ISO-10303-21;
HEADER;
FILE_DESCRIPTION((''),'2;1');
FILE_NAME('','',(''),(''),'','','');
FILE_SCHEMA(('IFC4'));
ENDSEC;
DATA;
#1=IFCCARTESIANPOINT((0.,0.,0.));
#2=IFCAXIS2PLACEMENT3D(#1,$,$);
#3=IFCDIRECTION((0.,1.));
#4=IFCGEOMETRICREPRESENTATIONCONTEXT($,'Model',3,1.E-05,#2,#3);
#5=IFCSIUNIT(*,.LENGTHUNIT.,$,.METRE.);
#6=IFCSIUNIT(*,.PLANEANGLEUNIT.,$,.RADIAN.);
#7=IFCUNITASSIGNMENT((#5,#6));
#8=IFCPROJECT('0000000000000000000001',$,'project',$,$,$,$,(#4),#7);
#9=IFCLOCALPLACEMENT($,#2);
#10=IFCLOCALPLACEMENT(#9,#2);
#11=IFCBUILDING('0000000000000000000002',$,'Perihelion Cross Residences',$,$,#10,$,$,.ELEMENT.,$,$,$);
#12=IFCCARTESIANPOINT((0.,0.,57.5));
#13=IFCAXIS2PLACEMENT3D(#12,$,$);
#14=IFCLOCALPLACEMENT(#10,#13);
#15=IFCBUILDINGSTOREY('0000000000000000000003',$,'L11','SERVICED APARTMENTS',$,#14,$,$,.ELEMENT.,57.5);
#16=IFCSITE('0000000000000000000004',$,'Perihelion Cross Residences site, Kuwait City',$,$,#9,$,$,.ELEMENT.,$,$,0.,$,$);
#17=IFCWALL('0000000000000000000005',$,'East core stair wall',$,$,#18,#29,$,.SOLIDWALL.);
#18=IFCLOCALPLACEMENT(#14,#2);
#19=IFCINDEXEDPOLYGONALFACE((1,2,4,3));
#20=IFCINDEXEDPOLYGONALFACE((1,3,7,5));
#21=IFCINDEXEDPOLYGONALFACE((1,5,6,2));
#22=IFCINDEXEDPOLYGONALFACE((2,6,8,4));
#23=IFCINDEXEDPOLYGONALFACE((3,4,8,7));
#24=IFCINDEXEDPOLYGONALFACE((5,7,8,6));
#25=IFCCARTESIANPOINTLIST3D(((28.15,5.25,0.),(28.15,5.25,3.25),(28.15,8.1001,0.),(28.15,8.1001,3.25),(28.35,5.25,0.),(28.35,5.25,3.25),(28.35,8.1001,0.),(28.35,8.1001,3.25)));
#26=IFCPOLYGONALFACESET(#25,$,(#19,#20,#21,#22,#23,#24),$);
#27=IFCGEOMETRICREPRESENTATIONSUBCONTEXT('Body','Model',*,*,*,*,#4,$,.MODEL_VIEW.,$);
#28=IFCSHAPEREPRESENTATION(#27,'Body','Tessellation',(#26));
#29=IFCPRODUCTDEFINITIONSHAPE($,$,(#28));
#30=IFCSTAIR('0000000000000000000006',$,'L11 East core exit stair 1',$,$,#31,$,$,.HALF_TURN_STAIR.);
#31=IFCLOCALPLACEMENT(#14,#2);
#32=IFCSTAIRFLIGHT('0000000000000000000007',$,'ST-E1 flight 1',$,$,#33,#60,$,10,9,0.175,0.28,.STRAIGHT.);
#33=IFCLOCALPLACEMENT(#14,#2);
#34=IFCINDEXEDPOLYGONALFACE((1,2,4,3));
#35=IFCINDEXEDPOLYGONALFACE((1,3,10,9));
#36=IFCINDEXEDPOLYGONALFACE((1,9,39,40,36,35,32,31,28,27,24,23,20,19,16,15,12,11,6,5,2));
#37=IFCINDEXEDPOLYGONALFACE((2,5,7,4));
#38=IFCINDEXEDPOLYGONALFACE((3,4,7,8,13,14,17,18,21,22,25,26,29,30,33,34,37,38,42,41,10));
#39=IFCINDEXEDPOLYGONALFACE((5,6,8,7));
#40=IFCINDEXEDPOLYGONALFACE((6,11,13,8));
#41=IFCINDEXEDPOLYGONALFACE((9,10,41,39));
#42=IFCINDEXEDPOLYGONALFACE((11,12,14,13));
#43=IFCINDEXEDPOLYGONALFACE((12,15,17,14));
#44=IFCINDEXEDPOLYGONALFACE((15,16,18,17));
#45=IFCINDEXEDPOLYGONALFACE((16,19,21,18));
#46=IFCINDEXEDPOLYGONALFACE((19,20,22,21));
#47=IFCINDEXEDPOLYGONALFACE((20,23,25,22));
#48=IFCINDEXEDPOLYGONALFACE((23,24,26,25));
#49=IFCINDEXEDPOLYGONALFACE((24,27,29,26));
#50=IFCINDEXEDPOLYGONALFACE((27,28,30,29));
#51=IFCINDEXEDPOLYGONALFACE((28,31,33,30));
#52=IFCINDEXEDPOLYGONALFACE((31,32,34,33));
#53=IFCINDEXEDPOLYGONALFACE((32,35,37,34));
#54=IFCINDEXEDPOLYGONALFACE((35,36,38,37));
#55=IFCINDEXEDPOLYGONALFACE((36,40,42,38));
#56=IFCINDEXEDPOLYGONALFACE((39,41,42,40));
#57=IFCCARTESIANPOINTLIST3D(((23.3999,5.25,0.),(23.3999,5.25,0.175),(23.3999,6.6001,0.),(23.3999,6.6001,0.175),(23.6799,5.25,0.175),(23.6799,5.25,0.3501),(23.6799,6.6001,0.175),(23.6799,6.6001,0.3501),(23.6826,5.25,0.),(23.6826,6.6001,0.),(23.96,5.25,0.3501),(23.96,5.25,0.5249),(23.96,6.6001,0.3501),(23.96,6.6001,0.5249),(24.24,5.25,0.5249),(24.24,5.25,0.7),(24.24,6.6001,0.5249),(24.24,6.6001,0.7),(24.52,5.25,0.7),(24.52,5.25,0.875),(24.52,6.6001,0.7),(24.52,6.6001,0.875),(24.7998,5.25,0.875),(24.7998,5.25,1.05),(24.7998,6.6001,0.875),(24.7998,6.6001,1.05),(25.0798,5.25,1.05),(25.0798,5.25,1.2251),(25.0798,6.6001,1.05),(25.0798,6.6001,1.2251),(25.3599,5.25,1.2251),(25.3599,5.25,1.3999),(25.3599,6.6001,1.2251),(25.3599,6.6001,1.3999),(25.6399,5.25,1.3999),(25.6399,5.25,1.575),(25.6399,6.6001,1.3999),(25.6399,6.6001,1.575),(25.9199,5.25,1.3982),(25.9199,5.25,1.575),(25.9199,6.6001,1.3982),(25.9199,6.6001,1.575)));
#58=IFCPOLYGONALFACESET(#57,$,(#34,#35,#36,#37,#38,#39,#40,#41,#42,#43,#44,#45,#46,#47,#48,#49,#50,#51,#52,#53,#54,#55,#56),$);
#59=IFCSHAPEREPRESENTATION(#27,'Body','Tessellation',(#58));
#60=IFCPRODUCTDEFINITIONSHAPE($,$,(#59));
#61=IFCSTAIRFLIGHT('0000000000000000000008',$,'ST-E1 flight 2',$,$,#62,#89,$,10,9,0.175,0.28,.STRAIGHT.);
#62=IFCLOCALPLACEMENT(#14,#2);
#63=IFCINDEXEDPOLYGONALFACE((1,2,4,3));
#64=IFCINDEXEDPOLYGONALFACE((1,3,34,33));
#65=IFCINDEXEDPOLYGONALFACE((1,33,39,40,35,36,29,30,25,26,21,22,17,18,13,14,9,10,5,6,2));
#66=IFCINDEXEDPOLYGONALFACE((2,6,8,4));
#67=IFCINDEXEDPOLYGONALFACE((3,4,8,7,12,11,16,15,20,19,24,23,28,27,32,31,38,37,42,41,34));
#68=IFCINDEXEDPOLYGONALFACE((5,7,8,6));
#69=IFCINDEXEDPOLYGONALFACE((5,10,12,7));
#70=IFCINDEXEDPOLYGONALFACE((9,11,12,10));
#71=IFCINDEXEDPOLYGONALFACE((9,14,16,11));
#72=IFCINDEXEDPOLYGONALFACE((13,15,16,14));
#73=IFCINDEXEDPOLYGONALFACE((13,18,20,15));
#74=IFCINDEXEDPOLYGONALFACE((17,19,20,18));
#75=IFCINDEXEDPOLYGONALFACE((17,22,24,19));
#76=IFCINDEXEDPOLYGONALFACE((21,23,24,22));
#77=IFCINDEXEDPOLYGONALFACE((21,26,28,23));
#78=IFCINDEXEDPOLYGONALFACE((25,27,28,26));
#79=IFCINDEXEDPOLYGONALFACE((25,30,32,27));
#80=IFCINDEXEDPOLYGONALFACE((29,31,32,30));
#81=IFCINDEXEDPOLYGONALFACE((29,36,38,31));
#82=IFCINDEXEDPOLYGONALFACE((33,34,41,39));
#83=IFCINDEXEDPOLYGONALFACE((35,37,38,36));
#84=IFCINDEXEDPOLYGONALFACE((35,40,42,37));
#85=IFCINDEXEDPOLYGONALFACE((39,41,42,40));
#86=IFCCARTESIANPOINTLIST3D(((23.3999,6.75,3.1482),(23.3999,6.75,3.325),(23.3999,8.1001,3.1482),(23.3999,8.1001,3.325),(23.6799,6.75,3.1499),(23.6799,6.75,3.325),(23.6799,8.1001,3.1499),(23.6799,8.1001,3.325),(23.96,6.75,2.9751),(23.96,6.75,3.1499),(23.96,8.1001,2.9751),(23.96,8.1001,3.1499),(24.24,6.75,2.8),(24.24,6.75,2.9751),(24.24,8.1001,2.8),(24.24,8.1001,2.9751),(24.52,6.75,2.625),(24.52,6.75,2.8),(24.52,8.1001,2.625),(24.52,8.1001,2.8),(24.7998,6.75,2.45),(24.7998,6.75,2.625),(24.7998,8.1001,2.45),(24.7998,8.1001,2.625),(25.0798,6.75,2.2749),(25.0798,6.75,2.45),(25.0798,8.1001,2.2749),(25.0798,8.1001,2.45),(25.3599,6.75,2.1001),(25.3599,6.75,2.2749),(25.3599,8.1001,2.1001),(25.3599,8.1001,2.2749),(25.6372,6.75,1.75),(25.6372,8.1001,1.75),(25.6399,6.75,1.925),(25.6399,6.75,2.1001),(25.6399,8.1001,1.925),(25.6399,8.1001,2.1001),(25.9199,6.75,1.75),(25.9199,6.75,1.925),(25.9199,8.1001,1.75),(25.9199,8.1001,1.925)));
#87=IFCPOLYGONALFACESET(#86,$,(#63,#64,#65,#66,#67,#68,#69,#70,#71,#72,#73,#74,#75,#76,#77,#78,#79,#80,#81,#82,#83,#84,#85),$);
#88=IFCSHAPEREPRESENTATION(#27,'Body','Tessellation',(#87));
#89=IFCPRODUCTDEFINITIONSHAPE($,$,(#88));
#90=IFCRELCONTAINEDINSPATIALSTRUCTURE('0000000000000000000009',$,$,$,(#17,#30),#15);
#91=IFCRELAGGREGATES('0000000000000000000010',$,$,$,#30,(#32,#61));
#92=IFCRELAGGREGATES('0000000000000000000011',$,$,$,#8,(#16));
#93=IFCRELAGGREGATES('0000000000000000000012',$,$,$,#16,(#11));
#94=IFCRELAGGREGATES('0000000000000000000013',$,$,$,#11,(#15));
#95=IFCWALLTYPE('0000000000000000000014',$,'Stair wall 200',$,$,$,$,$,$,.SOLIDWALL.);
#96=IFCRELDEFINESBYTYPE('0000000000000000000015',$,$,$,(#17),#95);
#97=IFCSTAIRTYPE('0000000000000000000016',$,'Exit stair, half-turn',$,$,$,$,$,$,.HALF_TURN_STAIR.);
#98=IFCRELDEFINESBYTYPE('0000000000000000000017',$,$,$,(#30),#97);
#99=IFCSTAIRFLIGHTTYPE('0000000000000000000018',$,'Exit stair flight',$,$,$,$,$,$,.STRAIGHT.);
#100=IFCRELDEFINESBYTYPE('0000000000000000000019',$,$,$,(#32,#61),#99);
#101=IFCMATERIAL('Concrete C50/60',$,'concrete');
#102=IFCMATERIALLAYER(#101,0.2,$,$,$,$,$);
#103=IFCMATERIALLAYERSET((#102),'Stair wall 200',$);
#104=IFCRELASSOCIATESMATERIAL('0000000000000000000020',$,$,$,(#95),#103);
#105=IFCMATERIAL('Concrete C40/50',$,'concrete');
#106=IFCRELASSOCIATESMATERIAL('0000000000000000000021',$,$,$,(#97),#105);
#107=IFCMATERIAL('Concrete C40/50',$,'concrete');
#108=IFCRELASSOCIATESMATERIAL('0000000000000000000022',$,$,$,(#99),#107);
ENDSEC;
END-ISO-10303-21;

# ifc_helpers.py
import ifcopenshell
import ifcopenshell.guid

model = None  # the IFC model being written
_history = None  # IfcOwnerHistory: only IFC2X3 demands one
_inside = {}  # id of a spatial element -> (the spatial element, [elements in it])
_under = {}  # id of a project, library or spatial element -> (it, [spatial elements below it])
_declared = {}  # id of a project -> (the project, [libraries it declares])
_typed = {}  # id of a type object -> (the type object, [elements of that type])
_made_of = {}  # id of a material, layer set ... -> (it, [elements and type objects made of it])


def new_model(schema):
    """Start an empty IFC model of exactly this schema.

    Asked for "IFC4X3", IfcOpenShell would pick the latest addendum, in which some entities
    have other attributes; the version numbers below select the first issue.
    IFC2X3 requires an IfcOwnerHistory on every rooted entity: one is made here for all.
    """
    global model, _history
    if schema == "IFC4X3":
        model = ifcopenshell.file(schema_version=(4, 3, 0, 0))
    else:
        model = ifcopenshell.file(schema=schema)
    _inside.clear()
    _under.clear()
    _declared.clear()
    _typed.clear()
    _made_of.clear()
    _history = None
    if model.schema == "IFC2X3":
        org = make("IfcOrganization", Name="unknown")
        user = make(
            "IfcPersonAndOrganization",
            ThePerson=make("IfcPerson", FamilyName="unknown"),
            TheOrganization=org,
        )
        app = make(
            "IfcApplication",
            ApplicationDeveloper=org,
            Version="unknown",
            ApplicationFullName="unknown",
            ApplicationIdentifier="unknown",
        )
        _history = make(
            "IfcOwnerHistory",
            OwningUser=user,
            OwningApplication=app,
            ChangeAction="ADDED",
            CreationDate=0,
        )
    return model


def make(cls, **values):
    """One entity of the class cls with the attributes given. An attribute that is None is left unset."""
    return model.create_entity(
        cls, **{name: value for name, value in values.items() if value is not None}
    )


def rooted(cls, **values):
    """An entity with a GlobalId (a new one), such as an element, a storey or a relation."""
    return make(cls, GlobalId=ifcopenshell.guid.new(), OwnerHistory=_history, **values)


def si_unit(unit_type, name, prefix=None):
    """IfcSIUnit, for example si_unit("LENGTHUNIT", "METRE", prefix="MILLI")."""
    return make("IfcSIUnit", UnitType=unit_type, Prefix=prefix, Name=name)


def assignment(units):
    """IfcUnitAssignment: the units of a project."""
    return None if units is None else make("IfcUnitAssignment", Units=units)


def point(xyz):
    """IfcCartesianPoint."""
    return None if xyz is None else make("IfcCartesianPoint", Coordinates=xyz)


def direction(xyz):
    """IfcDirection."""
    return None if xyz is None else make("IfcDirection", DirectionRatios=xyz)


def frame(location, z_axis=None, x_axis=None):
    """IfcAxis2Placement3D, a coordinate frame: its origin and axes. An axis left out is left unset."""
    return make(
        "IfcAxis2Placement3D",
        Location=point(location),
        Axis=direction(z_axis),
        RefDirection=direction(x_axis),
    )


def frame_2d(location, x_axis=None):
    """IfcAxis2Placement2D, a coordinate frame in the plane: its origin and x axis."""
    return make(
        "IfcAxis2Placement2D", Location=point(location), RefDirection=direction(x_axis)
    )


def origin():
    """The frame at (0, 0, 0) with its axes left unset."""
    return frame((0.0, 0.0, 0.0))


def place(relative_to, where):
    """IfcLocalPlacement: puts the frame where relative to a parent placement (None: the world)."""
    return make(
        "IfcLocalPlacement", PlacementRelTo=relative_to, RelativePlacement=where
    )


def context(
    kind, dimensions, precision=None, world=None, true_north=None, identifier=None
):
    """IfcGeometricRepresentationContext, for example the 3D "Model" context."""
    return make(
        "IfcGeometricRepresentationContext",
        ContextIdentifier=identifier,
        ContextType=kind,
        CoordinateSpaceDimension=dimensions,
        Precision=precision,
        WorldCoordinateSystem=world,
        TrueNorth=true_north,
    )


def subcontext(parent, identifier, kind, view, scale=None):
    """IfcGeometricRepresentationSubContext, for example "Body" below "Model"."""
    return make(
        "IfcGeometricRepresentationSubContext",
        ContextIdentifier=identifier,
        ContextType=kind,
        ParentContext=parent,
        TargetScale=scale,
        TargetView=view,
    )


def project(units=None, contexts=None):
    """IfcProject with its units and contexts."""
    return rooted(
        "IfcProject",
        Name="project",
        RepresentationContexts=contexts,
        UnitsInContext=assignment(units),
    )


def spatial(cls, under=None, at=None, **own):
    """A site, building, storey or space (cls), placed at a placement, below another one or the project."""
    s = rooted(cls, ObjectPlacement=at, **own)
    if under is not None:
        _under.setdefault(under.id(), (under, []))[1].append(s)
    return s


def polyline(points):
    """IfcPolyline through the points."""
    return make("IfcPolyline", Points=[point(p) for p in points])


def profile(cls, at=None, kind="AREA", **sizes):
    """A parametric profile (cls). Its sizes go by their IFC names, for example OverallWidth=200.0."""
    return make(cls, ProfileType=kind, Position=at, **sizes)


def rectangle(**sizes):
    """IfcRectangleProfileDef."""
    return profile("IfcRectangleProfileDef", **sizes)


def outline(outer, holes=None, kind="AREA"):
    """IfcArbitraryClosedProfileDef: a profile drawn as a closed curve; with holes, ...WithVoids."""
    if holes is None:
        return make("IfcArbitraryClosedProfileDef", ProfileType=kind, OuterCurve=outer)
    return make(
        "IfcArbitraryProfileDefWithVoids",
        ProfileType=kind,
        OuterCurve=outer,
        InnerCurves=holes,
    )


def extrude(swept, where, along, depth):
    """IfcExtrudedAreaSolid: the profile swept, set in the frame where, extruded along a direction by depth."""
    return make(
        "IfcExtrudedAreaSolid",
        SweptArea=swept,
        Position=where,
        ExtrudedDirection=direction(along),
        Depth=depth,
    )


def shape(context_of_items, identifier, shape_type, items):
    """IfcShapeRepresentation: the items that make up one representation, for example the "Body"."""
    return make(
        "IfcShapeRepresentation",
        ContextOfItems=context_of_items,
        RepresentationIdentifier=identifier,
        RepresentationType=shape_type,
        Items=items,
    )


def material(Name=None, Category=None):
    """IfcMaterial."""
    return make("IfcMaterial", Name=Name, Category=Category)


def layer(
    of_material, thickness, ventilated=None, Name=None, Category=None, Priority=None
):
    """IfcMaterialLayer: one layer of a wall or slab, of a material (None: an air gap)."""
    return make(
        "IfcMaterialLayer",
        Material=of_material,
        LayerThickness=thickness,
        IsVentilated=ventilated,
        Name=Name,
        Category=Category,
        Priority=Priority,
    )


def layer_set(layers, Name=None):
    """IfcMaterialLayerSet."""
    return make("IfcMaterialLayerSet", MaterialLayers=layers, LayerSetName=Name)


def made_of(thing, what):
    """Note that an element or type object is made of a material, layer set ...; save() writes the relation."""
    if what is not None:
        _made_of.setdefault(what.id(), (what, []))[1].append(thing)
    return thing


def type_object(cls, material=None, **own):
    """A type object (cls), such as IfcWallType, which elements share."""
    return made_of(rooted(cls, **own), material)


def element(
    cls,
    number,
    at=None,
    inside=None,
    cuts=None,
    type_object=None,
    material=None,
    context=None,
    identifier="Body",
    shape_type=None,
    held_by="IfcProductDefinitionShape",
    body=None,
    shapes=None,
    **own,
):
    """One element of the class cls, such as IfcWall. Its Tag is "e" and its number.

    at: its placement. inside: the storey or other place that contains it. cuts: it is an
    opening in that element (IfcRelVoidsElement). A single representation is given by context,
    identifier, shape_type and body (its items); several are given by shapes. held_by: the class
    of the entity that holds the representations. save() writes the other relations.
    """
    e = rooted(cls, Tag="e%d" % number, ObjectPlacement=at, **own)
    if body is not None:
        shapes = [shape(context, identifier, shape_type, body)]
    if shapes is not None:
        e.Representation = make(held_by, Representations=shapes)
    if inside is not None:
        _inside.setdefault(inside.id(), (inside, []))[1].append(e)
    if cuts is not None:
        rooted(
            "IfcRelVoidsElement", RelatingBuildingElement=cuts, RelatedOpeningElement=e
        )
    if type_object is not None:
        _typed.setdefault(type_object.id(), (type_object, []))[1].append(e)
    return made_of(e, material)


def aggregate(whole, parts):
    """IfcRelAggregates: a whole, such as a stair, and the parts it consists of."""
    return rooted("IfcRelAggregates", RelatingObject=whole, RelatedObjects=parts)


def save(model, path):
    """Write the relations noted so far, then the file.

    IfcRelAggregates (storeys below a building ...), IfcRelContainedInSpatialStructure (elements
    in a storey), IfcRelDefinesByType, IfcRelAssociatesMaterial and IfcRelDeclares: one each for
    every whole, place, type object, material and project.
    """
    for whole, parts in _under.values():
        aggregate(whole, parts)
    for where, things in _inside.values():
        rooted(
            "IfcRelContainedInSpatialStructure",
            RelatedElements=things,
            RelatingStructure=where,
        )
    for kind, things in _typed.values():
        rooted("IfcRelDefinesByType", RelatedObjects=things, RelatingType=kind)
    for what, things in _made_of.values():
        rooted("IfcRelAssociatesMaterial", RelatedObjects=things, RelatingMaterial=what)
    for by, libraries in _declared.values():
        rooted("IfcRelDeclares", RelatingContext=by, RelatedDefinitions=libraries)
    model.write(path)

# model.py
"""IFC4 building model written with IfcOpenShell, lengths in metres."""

from ifc_helpers import new_model, si_unit, direction, frame, frame_2d, origin, place, context, subcontext, project, spatial, polyline, rectangle, outline, extrude, material, layer, layer_set, type_object, element, aggregate, save


model = new_model("IFC4")

# Units and contexts
model_context = context("Model", 3, precision=1e-05, world=origin(), true_north=direction((0.0, 1.0)))
body_context = subcontext(model_context, "Body", "Model", "MODEL_VIEW")
ifc_project = project(units=[si_unit("LENGTHUNIT", "METRE"), si_unit("PLANEANGLEUNIT", "RADIAN")], contexts=[model_context])

# Site, building, storey
site_placement = place(None, origin())
site = spatial("IfcSite", under=ifc_project, at=site_placement, Name="Perihelion Cross Residences site, Kuwait City", CompositionType="ELEMENT", RefElevation=0.0)
building_placement = place(site_placement, origin())
building = spatial("IfcBuilding", under=site, at=building_placement, Name="Perihelion Cross Residences", CompositionType="ELEMENT")
storey_placement = place(building_placement, frame((0.0, 0.0, 57.5)))
storey = spatial("IfcBuildingStorey", under=building, at=storey_placement, Name="L11", Description="SERVICED APARTMENTS", CompositionType="ELEMENT", Elevation=57.5)

# Wall
ifc_material_1 = material(Name="Concrete C50/60", Category="concrete")
ifc_layer_1 = layer(ifc_material_1, 0.2)
ifc_layer_set_1 = layer_set([ifc_layer_1], Name="Stair wall 200")
wall_type_1 = type_object("IfcWallType", Name="Stair wall 200", PredefinedType="SOLIDWALL", material=ifc_layer_set_1)
wall_1_placement = place(storey_placement, frame((28.25, 5.25, 0.0), z_axis=(0.0, 0.0, 1.0), x_axis=(0.0, 1.0, 0.0)))
element("IfcWall", 1, at=wall_1_placement, inside=storey, type_object=wall_type_1, Name="East core stair wall", PredefinedType="SOLIDWALL", context=body_context, shape_type="SweptSolid", body=[
    extrude(rectangle(XDim=2.8501, YDim=0.2, at=frame_2d((1.425, 0.0))), origin(), (0.0, 0.0, 1.0), 3.25),
])

# Stair, stair flights
ifc_material_2 = material(Name="Concrete C40/50", Category="concrete")
stair_type = type_object("IfcStairType", Name="Exit stair, half-turn", PredefinedType="HALF_TURN_STAIR", material=ifc_material_2)
stair_placement = place(storey_placement, origin())
stair = element("IfcStair", 2, at=stair_placement, inside=storey, type_object=stair_type, Name="L11 East core exit stair 1", PredefinedType="HALF_TURN_STAIR")
ifc_material_3 = material(Name="Concrete C40/50", Category="concrete")
stair_flight_type = type_object("IfcStairFlightType", Name="Exit stair flight", PredefinedType="STRAIGHT", material=ifc_material_3)
stair_flight_1_placement = place(storey_placement, frame((23.3999, 5.925, 0.0), z_axis=(0.0, 0.0, 1.0), x_axis=(1.0, 0.0, 0.0)))
stair_flight_1 = element("IfcStairFlight", 3, at=stair_flight_1_placement, type_object=stair_flight_type, Name="ST-E1 flight 1", NumberOfRisers=10, NumberOfTreads=9, PredefinedType="STRAIGHT", RiserHeight=0.175, TreadLength=0.28, context=body_context, shape_type="SweptSolid", body=[
    extrude(outline(polyline([(0.0, 0.0), (0.0, 0.175), (0.28, 0.175), (0.28, 0.3501), (0.5601, 0.3501), (0.5601, 0.5249), (0.8401, 0.5249), (0.8401, 0.7), (1.1201, 0.7), (1.1201, 0.875), (1.3999, 0.875), (1.3999, 1.05), (1.6799, 1.05), (1.6799, 1.2251), (1.96, 1.2251), (1.96, 1.3999), (2.24, 1.3999), (2.24, 1.575), (2.52, 1.575), (2.52, 1.75), (2.52, 1.3982), (0.2827, 0.0), (0.0, 0.0)])), frame((0.0, 0.675, 0.0), z_axis=(0.0, -1.0, 0.0), x_axis=(1.0, 0.0, 0.0)), (0.0, 0.0, 1.0), 1.3501),
])
stair_flight_2_placement = place(storey_placement, frame((25.9199, 7.425, 1.75), z_axis=(0.0, 0.0, 1.0), x_axis=(-1.0, 0.0, 0.0)))
stair_flight_2 = element("IfcStairFlight", 4, at=stair_flight_2_placement, type_object=stair_flight_type, Name="ST-E1 flight 2", NumberOfRisers=10, NumberOfTreads=9, PredefinedType="STRAIGHT", RiserHeight=0.175, TreadLength=0.28, context=body_context, shape_type="SweptSolid", body=[
    extrude(outline(polyline([(0.0, 0.0), (0.0, 0.175), (0.28, 0.175), (0.28, 0.3501), (0.5601, 0.3501), (0.5601, 0.5249), (0.8401, 0.5249), (0.8401, 0.7), (1.1201, 0.7), (1.1201, 0.875), (1.3999, 0.875), (1.3999, 1.05), (1.6799, 1.05), (1.6799, 1.2251), (1.96, 1.2251), (1.96, 1.3999), (2.24, 1.3999), (2.24, 1.575), (2.52, 1.575), (2.52, 1.75), (2.52, 1.3982), (0.2827, 0.0), (0.0, 0.0)])), frame((0.0, 0.675, 0.0), z_axis=(0.0, -1.0, 0.0), x_axis=(1.0, 0.0, 0.0)), (0.0, 0.0, 1.0), 1.3501),
])
aggregate(stair, [stair_flight_1, stair_flight_2])

save(model, "model.ifc")
